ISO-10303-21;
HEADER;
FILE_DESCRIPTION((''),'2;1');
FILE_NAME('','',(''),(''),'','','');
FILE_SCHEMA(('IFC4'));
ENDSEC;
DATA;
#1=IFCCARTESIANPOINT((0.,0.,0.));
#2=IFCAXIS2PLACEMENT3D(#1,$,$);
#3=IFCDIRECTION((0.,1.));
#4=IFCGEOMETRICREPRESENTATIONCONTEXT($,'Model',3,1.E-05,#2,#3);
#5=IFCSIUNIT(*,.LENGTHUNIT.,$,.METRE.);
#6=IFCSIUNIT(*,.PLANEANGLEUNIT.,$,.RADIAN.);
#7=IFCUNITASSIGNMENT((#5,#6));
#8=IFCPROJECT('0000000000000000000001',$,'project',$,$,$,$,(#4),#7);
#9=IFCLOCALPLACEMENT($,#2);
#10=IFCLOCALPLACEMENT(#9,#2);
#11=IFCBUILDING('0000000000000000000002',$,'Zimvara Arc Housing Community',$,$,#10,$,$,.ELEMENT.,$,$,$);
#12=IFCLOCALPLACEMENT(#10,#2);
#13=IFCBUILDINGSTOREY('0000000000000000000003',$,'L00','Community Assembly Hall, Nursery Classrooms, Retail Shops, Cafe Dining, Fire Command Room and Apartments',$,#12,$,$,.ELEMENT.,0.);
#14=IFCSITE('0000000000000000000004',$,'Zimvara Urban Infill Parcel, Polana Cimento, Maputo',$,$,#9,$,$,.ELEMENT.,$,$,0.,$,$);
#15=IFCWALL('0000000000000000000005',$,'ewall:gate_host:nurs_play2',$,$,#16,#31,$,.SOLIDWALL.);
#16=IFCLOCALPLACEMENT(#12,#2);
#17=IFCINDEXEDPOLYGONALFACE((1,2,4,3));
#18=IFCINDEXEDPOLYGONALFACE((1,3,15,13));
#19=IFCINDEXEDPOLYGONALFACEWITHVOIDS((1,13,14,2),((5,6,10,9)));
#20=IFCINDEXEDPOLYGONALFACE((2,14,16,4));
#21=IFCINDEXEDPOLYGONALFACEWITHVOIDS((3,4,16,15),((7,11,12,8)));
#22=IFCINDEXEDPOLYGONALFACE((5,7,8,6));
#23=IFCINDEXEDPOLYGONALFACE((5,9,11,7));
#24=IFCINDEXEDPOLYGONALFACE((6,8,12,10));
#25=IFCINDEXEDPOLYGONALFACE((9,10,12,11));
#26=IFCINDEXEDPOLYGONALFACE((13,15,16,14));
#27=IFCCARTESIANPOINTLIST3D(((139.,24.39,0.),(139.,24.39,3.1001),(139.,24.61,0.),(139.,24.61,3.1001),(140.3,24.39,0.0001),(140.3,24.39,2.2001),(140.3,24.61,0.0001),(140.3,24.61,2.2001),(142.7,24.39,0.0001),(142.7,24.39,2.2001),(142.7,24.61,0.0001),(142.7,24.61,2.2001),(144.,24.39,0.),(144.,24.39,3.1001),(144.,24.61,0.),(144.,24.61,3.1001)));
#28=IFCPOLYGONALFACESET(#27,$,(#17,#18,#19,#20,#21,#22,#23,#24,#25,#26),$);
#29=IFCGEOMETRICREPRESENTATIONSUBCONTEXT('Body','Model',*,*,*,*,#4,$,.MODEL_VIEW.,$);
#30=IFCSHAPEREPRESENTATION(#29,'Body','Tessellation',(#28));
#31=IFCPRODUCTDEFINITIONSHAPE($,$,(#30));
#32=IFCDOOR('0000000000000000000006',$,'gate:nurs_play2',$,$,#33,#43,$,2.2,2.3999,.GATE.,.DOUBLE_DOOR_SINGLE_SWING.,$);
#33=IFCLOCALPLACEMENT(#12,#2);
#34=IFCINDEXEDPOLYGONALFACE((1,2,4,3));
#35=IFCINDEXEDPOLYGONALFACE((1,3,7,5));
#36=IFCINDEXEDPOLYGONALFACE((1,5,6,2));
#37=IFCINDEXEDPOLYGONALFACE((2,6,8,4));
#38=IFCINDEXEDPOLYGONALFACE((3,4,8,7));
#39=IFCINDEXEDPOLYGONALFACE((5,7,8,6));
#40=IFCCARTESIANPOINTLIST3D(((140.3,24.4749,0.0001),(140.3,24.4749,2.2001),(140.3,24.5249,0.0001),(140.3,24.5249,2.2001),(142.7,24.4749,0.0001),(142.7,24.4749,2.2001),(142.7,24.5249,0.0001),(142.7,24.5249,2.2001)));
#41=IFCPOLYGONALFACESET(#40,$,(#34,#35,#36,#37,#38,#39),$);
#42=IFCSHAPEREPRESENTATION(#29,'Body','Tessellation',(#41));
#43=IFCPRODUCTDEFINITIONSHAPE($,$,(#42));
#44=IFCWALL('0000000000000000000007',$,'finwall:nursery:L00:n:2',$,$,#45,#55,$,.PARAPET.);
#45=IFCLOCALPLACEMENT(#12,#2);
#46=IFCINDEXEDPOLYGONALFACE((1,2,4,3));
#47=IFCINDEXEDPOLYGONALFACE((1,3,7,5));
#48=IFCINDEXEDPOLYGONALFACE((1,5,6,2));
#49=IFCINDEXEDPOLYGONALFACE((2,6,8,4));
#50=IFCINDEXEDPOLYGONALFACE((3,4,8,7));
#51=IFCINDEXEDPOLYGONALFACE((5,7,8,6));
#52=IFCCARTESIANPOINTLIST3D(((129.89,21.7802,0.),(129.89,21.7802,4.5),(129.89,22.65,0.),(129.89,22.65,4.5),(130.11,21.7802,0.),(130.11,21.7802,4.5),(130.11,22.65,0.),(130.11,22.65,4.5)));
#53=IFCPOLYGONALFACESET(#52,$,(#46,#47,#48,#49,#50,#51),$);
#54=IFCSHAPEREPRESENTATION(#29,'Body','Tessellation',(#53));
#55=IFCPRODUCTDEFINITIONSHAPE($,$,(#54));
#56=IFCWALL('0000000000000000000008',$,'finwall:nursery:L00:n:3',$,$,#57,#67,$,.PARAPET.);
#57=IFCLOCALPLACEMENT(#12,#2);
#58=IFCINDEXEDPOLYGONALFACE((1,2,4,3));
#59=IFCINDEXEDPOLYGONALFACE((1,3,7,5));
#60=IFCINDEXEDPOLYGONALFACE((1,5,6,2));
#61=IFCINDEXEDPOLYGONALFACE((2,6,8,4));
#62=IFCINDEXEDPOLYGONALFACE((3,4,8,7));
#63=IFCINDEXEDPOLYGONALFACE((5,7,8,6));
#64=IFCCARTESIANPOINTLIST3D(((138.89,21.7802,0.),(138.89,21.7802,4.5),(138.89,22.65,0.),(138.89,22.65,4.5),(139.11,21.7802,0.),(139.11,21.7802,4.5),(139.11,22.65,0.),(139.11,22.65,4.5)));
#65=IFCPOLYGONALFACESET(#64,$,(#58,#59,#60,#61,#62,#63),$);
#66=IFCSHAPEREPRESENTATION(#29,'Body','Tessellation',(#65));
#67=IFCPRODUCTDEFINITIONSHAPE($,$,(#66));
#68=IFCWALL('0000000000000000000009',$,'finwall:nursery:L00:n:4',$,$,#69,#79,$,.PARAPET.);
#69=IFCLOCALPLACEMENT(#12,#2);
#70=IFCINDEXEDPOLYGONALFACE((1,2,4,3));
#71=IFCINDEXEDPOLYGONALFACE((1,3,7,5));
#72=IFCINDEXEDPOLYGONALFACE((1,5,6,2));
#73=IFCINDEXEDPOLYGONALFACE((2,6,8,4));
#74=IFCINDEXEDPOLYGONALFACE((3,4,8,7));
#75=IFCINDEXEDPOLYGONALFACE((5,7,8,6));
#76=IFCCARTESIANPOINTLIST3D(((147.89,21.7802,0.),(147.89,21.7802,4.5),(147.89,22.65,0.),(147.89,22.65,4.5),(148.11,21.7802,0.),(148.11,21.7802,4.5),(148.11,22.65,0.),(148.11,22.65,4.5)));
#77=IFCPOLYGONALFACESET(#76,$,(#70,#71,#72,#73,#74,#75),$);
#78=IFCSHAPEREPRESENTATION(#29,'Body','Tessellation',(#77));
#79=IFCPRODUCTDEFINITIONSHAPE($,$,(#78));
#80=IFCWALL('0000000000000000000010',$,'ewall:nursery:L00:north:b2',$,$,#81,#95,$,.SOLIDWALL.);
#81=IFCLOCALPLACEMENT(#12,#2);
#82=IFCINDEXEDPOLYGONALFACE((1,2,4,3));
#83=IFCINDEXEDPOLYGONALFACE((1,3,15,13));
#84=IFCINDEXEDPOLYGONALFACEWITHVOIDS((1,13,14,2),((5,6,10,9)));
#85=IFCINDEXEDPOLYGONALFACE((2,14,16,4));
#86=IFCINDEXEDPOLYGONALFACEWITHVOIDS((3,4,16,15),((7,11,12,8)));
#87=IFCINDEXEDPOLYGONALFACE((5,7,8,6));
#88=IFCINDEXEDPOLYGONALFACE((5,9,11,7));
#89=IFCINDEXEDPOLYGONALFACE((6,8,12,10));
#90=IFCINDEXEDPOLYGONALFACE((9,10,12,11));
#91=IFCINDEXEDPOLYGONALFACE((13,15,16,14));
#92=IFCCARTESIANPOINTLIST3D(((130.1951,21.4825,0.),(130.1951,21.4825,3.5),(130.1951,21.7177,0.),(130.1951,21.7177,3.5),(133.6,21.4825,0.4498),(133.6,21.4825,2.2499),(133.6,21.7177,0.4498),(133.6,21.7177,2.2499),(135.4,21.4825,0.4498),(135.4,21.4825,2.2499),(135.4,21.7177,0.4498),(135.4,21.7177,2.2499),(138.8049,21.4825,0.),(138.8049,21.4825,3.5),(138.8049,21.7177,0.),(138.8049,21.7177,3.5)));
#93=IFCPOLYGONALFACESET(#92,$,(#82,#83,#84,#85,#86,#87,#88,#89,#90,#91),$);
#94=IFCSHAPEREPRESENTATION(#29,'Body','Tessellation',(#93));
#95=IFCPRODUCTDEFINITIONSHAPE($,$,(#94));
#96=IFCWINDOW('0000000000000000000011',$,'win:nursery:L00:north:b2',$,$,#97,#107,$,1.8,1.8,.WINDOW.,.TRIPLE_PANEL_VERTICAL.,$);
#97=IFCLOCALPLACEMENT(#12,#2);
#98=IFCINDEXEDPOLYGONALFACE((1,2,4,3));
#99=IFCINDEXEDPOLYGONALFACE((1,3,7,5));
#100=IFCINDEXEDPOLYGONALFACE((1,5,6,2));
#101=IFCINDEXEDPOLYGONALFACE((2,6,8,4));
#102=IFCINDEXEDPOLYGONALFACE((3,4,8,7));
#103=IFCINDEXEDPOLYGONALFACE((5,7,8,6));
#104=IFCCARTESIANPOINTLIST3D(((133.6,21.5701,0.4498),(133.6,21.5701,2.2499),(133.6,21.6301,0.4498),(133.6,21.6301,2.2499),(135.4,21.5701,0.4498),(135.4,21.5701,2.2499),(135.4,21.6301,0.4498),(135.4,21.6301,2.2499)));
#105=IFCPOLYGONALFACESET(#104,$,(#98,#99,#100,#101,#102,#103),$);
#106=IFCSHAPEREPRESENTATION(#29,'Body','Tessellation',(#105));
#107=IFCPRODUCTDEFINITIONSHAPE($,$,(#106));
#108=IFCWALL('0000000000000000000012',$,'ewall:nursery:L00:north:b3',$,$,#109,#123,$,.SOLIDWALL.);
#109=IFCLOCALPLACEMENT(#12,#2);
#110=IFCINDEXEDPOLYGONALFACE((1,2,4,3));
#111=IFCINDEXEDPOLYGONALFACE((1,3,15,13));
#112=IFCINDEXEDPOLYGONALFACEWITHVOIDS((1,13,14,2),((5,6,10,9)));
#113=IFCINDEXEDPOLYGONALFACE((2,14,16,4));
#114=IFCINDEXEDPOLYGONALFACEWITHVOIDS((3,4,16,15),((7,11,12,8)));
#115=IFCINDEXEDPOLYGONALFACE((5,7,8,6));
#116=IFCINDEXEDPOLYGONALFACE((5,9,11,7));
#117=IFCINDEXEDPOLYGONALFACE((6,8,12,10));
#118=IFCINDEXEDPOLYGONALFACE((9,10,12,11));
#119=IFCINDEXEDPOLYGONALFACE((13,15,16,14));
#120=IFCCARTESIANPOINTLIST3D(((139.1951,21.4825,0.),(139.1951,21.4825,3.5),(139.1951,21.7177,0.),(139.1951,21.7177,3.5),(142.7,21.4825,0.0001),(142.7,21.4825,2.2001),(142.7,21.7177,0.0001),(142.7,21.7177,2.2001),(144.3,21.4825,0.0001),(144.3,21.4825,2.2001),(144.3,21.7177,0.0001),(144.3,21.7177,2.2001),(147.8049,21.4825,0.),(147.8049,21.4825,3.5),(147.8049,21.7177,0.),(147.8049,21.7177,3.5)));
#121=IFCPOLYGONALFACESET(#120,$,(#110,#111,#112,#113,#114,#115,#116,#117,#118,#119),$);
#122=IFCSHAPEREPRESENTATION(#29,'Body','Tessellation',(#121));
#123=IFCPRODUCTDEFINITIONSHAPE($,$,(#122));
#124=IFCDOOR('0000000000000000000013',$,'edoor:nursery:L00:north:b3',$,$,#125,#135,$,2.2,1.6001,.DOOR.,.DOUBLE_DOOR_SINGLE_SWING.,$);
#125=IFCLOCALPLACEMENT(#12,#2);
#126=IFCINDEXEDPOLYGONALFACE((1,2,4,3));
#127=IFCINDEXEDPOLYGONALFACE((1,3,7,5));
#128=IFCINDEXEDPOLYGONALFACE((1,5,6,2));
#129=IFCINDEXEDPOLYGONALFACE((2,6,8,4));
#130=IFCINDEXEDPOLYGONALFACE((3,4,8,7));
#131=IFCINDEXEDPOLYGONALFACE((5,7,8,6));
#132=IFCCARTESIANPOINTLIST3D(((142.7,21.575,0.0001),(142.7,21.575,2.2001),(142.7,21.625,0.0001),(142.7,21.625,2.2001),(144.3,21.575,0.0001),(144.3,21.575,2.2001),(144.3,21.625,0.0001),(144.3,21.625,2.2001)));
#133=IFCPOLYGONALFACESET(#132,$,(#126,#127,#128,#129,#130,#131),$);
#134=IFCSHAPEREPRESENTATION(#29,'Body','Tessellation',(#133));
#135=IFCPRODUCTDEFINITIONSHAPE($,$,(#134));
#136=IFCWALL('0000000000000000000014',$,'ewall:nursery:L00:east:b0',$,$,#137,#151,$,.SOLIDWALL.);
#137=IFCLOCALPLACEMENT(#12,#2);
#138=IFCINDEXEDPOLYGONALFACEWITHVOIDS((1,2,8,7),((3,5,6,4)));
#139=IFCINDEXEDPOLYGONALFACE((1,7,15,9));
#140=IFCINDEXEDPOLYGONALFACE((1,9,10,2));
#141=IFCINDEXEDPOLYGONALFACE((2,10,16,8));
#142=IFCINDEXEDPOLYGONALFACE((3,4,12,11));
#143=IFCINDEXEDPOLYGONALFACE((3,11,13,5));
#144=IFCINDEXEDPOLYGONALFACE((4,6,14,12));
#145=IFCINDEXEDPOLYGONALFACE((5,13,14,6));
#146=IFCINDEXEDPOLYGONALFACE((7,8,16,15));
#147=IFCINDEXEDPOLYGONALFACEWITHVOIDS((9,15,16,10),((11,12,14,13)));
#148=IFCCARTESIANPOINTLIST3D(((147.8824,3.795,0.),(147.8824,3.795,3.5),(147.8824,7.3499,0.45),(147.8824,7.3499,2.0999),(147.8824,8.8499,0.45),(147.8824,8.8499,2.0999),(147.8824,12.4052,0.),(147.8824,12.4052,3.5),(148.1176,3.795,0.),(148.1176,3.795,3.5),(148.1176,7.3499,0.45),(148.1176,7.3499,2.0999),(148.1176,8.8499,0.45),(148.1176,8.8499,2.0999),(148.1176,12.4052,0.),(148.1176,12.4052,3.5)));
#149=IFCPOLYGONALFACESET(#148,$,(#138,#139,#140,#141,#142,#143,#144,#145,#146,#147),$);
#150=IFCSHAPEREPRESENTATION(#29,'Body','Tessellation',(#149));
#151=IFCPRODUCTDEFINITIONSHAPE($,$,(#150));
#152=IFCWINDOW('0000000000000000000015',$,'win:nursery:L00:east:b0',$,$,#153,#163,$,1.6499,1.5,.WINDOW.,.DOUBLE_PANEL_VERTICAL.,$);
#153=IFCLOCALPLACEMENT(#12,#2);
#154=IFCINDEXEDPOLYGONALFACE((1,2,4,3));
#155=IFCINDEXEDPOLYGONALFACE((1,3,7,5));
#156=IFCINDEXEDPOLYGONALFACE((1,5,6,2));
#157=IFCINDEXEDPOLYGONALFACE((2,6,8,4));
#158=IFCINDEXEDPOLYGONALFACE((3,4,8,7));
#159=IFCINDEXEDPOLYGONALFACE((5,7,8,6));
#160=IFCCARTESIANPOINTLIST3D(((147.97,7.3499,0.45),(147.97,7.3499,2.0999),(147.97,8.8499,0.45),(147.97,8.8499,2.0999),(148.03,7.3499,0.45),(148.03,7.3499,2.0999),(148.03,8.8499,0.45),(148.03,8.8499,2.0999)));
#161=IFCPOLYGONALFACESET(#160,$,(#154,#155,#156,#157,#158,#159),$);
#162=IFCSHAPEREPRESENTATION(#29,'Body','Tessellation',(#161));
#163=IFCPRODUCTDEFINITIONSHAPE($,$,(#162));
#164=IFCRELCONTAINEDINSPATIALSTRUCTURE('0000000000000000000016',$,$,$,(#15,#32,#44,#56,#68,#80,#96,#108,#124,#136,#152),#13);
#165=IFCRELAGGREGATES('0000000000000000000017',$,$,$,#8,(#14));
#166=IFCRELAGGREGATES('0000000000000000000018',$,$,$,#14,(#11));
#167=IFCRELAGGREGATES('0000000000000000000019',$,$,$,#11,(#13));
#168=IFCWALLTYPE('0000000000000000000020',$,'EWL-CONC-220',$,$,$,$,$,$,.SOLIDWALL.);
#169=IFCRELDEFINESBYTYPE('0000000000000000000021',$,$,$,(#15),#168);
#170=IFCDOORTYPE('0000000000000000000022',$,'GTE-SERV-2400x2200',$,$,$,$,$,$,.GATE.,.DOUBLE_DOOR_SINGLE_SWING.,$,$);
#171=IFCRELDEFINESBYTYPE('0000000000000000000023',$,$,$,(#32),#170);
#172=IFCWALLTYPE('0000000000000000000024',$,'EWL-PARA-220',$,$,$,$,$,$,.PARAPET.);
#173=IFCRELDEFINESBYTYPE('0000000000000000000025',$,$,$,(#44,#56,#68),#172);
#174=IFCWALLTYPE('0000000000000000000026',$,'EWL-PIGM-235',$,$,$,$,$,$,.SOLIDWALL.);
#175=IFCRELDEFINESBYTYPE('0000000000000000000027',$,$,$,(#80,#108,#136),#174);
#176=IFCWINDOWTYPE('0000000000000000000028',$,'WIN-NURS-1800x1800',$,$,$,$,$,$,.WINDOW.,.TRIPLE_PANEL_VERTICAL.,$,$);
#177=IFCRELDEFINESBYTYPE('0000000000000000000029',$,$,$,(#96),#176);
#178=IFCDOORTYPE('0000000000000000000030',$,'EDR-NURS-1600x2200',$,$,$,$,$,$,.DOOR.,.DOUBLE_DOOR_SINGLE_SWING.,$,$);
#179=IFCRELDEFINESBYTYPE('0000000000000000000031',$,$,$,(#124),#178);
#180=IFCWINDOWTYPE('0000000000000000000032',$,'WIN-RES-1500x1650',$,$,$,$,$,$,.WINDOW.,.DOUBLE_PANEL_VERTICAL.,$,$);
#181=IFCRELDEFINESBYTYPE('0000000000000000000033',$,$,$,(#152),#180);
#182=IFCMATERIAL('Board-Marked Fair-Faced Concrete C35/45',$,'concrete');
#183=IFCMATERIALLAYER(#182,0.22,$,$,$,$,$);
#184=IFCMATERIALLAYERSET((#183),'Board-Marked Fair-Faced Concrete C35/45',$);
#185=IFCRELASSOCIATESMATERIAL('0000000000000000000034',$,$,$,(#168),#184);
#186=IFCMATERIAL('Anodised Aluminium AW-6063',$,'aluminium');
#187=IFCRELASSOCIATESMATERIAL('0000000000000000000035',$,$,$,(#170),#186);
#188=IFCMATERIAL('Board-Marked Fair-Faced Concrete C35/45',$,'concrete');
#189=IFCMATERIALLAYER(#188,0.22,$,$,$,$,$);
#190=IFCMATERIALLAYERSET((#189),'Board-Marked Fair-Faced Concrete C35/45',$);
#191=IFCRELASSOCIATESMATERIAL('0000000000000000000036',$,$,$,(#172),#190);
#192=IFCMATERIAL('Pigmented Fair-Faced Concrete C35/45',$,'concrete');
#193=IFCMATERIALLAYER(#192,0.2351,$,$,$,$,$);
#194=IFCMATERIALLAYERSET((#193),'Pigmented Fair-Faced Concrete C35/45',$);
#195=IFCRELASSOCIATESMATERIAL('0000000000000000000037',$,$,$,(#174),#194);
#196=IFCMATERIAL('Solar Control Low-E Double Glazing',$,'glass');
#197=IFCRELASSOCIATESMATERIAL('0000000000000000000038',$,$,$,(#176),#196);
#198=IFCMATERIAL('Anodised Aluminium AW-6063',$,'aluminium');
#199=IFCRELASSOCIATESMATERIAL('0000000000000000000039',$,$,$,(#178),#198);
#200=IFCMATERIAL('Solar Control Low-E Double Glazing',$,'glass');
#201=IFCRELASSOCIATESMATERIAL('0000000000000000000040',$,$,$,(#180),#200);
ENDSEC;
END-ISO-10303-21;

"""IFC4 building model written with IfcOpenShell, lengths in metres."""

from ifc_helpers import new_model, si_unit, direction, frame, frame_2d, origin, place, context, subcontext, project, spatial, rectangle, extrude, material, layer, layer_set, type_object, element, fill, save


model = new_model("IFC4")

# Units and contexts
model_context = context("Model", 3, precision=1e-05, world=origin(), true_north=direction((0.0, 1.0)))
body_context = subcontext(model_context, "Body", "Model", "MODEL_VIEW")
ifc_project = project(units=[si_unit("LENGTHUNIT", "METRE"), si_unit("PLANEANGLEUNIT", "RADIAN")], contexts=[model_context])

# Site, building, storey
site_placement = place(None, origin())
site = spatial("IfcSite", under=ifc_project, at=site_placement, Name="Zimvara Urban Infill Parcel, Polana Cimento, Maputo", CompositionType="ELEMENT", RefElevation=0.0)
building_placement = place(site_placement, origin())
building = spatial("IfcBuilding", under=site, at=building_placement, Name="Zimvara Arc Housing Community", CompositionType="ELEMENT")
storey_placement = place(building_placement, origin())
storey = spatial("IfcBuildingStorey", under=building, at=storey_placement, Name="L00", Description="Community Assembly Hall, Nursery Classrooms, Retail Shops, Cafe Dining, Fire Command Room and Apartments", CompositionType="ELEMENT", Elevation=0.0)

# Wall, opening, door
ifc_material_1 = material(Name="Board-Marked Fair-Faced Concrete C35/45", Category="concrete")
ifc_layer_1 = layer(ifc_material_1, 0.22)
ifc_layer_set_1 = layer_set([ifc_layer_1], Name="Board-Marked Fair-Faced Concrete C35/45")
wall_type_1 = type_object("IfcWallType", Name="EWL-CONC-220", PredefinedType="SOLIDWALL", material=ifc_layer_set_1)
ifc_material_2 = material(Name="Anodised Aluminium AW-6063", Category="aluminium")
door_type_1 = type_object("IfcDoorType", Name="GTE-SERV-2400x2200", OperationType="DOUBLE_DOOR_SINGLE_SWING", PredefinedType="GATE", material=ifc_material_2)
wall_1_placement = place(storey_placement, frame((139.0, 24.5, 0.0), z_axis=(0.0, 0.0, 1.0), x_axis=(1.0, 0.0, 0.0)))
wall_1 = element("IfcWall", 1, at=wall_1_placement, inside=storey, type_object=wall_type_1, Name="ewall:gate_host:nurs_play2", PredefinedType="SOLIDWALL", context=body_context, shape_type="SweptSolid", body=[
    extrude(rectangle(XDim=5.0, YDim=0.22, at=frame_2d((2.5, 0.0))), origin(), (0.0, 0.0, 1.0), 3.1001),
])
opening_1_placement = place(wall_1_placement, frame((1.3, 0.0, 0.0)))
opening_1 = element("IfcOpeningElement", 2, at=opening_1_placement, cuts=wall_1, PredefinedType="OPENING", context=body_context, shape_type="SweptSolid", body=[
    extrude(rectangle(XDim=2.3999, YDim=2.2, at=frame_2d((1.2, 1.1001))), frame((0.0, 0.1199, 0.0), z_axis=(0.0, -1.0, 0.0), x_axis=(1.0, 0.0, 0.0)), (0.0, 0.0, 1.0), 0.24),
])
door_1_placement = place(opening_1_placement, origin())
door_1 = element("IfcDoor", 3, at=door_1_placement, inside=storey, type_object=door_type_1, Name="gate:nurs_play2", OperationType="DOUBLE_DOOR_SINGLE_SWING", OverallHeight=2.2, OverallWidth=2.3999, PredefinedType="GATE", context=body_context, shape_type="SweptSolid", body=[
    extrude(rectangle(XDim=2.3999, YDim=2.2, at=frame_2d((1.2, 1.1001))), frame((0.0, 0.0249, 0.0), z_axis=(0.0, -1.0, 0.0), x_axis=(1.0, 0.0, 0.0)), (0.0, 0.0, 1.0), 0.05),
])
fill(opening_1, door_1)

# Walls
ifc_material_3 = material(Name="Board-Marked Fair-Faced Concrete C35/45", Category="concrete")
ifc_layer_2 = layer(ifc_material_3, 0.22)
ifc_layer_set_2 = layer_set([ifc_layer_2], Name="Board-Marked Fair-Faced Concrete C35/45")
wall_type_2 = type_object("IfcWallType", Name="EWL-PARA-220", PredefinedType="PARAPET", material=ifc_layer_set_2)
for number, where, z_axis, x_axis, name in (
    (4, (130.0, 21.78, 0.0), (0.0, 0.0, 1.0), (0.0, 1.0, 0.0), "finwall:nursery:L00:n:2"),
    (5, (139.0, 21.78, 0.0), (0.0, 0.0, 1.0), (0.0, 1.0, 0.0), "finwall:nursery:L00:n:3"),
    (6, (148.0, 21.78, 0.0), (0.0, 0.0, 1.0), (0.0, 1.0, 0.0), "finwall:nursery:L00:n:4"),
):
    element("IfcWall", number, at=place(storey_placement, frame(where, z_axis=z_axis, x_axis=x_axis)), inside=storey, type_object=wall_type_2, Name=name, PredefinedType="PARAPET", context=body_context, shape_type="SweptSolid", body=[
        extrude(rectangle(XDim=0.8699, YDim=0.22, at=frame_2d((0.4351, 0.0))), origin(), (0.0, 0.0, 1.0), 4.5),
    ])

# Wall, opening, window
ifc_material_4 = material(Name="Pigmented Fair-Faced Concrete C35/45", Category="concrete")
ifc_layer_3 = layer(ifc_material_4, 0.2351)
ifc_layer_set_3 = layer_set([ifc_layer_3], Name="Pigmented Fair-Faced Concrete C35/45")
wall_type_3 = type_object("IfcWallType", Name="EWL-PIGM-235", PredefinedType="SOLIDWALL", material=ifc_layer_set_3)
wall_2_placement = place(storey_placement, frame((130.1951, 21.6001, 0.0), z_axis=(0.0, 0.0, 1.0), x_axis=(1.0, 0.0, 0.0)))
wall_2 = element("IfcWall", 7, at=wall_2_placement, inside=storey, type_object=wall_type_3, Name="ewall:nursery:L00:north:b2", PredefinedType="SOLIDWALL", context=body_context, shape_type="SweptSolid", body=[
    extrude(rectangle(XDim=8.6099, YDim=0.2351, at=frame_2d((4.3049, 0.0))), origin(), (0.0, 0.0, 1.0), 3.5),
])
opening_2_placement = place(wall_2_placement, frame((3.405, 0.0, 0.45)))
opening_2 = element("IfcOpeningElement", 8, at=opening_2_placement, cuts=wall_2, PredefinedType="OPENING", context=body_context, shape_type="SweptSolid", body=[
    extrude(rectangle(XDim=1.8, YDim=1.8, at=frame_2d((0.8999, 0.8999))), frame((0.0, 0.1274, 0.0), z_axis=(0.0, -1.0, 0.0), x_axis=(1.0, 0.0, 0.0)), (0.0, 0.0, 1.0), 0.2551),
])
ifc_material_5 = material(Name="Solar Control Low-E Double Glazing", Category="glass")
window_type_1 = type_object("IfcWindowType", Name="WIN-NURS-1800x1800", PartitioningType="TRIPLE_PANEL_VERTICAL", PredefinedType="WINDOW", material=ifc_material_5)
window_1_placement = place(opening_2_placement, origin())
window_1 = element("IfcWindow", 9, at=window_1_placement, inside=storey, type_object=window_type_1, Name="win:nursery:L00:north:b2", OverallHeight=1.8, OverallWidth=1.8, PartitioningType="TRIPLE_PANEL_VERTICAL", PredefinedType="WINDOW", context=body_context, shape_type="SweptSolid", body=[
    extrude(rectangle(XDim=1.8, YDim=1.8, at=frame_2d((0.8999, 0.8999))), frame((0.0, 0.03, 0.0), z_axis=(0.0, -1.0, 0.0), x_axis=(1.0, 0.0, 0.0)), (0.0, 0.0, 1.0), 0.0601),
])
fill(opening_2, window_1)

# Wall, opening, door
wall_3_placement = place(storey_placement, frame((139.1951, 21.6001, 0.0), z_axis=(0.0, 0.0, 1.0), x_axis=(1.0, 0.0, 0.0)))
wall_3 = element("IfcWall", 10, at=wall_3_placement, inside=storey, type_object=wall_type_3, Name="ewall:nursery:L00:north:b3", PredefinedType="SOLIDWALL", context=body_context, shape_type="SweptSolid", body=[
    extrude(rectangle(XDim=8.6099, YDim=0.2351, at=frame_2d((4.3049, 0.0))), origin(), (0.0, 0.0, 1.0), 3.5),
])
opening_3_placement = place(wall_3_placement, frame((3.5049, 0.0, 0.0)))
opening_3 = element("IfcOpeningElement", 11, at=opening_3_placement, cuts=wall_3, PredefinedType="OPENING", context=body_context, shape_type="SweptSolid", body=[
    extrude(rectangle(XDim=1.6001, YDim=2.2, at=frame_2d((0.8, 1.1001))), frame((0.0, 0.1274, 0.0), z_axis=(0.0, -1.0, 0.0), x_axis=(1.0, 0.0, 0.0)), (0.0, 0.0, 1.0), 0.2551),
])
ifc_material_6 = material(Name="Anodised Aluminium AW-6063", Category="aluminium")
door_type_2 = type_object("IfcDoorType", Name="EDR-NURS-1600x2200", OperationType="DOUBLE_DOOR_SINGLE_SWING", PredefinedType="DOOR", material=ifc_material_6)
door_2_placement = place(opening_3_placement, origin())
door_2 = element("IfcDoor", 12, at=door_2_placement, inside=storey, type_object=door_type_2, Name="edoor:nursery:L00:north:b3", OperationType="DOUBLE_DOOR_SINGLE_SWING", OverallHeight=2.2, OverallWidth=1.6001, PredefinedType="DOOR", context=body_context, shape_type="SweptSolid", body=[
    extrude(rectangle(XDim=1.6001, YDim=2.2, at=frame_2d((0.8, 1.1001))), frame((0.0, 0.0249, 0.0), z_axis=(0.0, -1.0, 0.0), x_axis=(1.0, 0.0, 0.0)), (0.0, 0.0, 1.0), 0.05),
])
fill(opening_3, door_2)

# Wall, opening, window
wall_4_placement = place(storey_placement, frame((148.0, 3.7949, 0.0), z_axis=(0.0, 0.0, 1.0), x_axis=(0.0, 1.0, 0.0)))
wall_4 = element("IfcWall", 13, at=wall_4_placement, inside=storey, type_object=wall_type_3, Name="ewall:nursery:L00:east:b0", PredefinedType="SOLIDWALL", context=body_context, shape_type="SweptSolid", body=[
    extrude(rectangle(XDim=8.6101, YDim=0.2351, at=frame_2d((4.3052, 0.0))), origin(), (0.0, 0.0, 1.0), 3.5),
])
opening_4_placement = place(wall_4_placement, frame((3.5549, 0.0, 0.45)))
opening_4 = element("IfcOpeningElement", 14, at=opening_4_placement, cuts=wall_4, PredefinedType="OPENING", context=body_context, shape_type="SweptSolid", body=[
    extrude(rectangle(XDim=1.5, YDim=1.6499, at=frame_2d((0.75, 0.825))), frame((0.0, 0.1274, 0.0), z_axis=(0.0, -1.0, 0.0), x_axis=(1.0, 0.0, 0.0)), (0.0, 0.0, 1.0), 0.2551),
])
ifc_material_7 = material(Name="Solar Control Low-E Double Glazing", Category="glass")
window_type_2 = type_object("IfcWindowType", Name="WIN-RES-1500x1650", PartitioningType="DOUBLE_PANEL_VERTICAL", PredefinedType="WINDOW", material=ifc_material_7)
window_2_placement = place(opening_4_placement, origin())
window_2 = element("IfcWindow", 15, at=window_2_placement, inside=storey, type_object=window_type_2, Name="win:nursery:L00:east:b0", OverallHeight=1.6499, OverallWidth=1.5, PartitioningType="DOUBLE_PANEL_VERTICAL", PredefinedType="WINDOW", context=body_context, shape_type="SweptSolid", body=[
    extrude(rectangle(XDim=1.5, YDim=1.6499, at=frame_2d((0.75, 0.825))), frame((0.0, 0.03, 0.0), z_axis=(0.0, -1.0, 0.0), x_axis=(1.0, 0.0, 0.0)), (0.0, 0.0, 1.0), 0.0601),
])
fill(opening_4, window_2)

save(model, "model.ifc")
